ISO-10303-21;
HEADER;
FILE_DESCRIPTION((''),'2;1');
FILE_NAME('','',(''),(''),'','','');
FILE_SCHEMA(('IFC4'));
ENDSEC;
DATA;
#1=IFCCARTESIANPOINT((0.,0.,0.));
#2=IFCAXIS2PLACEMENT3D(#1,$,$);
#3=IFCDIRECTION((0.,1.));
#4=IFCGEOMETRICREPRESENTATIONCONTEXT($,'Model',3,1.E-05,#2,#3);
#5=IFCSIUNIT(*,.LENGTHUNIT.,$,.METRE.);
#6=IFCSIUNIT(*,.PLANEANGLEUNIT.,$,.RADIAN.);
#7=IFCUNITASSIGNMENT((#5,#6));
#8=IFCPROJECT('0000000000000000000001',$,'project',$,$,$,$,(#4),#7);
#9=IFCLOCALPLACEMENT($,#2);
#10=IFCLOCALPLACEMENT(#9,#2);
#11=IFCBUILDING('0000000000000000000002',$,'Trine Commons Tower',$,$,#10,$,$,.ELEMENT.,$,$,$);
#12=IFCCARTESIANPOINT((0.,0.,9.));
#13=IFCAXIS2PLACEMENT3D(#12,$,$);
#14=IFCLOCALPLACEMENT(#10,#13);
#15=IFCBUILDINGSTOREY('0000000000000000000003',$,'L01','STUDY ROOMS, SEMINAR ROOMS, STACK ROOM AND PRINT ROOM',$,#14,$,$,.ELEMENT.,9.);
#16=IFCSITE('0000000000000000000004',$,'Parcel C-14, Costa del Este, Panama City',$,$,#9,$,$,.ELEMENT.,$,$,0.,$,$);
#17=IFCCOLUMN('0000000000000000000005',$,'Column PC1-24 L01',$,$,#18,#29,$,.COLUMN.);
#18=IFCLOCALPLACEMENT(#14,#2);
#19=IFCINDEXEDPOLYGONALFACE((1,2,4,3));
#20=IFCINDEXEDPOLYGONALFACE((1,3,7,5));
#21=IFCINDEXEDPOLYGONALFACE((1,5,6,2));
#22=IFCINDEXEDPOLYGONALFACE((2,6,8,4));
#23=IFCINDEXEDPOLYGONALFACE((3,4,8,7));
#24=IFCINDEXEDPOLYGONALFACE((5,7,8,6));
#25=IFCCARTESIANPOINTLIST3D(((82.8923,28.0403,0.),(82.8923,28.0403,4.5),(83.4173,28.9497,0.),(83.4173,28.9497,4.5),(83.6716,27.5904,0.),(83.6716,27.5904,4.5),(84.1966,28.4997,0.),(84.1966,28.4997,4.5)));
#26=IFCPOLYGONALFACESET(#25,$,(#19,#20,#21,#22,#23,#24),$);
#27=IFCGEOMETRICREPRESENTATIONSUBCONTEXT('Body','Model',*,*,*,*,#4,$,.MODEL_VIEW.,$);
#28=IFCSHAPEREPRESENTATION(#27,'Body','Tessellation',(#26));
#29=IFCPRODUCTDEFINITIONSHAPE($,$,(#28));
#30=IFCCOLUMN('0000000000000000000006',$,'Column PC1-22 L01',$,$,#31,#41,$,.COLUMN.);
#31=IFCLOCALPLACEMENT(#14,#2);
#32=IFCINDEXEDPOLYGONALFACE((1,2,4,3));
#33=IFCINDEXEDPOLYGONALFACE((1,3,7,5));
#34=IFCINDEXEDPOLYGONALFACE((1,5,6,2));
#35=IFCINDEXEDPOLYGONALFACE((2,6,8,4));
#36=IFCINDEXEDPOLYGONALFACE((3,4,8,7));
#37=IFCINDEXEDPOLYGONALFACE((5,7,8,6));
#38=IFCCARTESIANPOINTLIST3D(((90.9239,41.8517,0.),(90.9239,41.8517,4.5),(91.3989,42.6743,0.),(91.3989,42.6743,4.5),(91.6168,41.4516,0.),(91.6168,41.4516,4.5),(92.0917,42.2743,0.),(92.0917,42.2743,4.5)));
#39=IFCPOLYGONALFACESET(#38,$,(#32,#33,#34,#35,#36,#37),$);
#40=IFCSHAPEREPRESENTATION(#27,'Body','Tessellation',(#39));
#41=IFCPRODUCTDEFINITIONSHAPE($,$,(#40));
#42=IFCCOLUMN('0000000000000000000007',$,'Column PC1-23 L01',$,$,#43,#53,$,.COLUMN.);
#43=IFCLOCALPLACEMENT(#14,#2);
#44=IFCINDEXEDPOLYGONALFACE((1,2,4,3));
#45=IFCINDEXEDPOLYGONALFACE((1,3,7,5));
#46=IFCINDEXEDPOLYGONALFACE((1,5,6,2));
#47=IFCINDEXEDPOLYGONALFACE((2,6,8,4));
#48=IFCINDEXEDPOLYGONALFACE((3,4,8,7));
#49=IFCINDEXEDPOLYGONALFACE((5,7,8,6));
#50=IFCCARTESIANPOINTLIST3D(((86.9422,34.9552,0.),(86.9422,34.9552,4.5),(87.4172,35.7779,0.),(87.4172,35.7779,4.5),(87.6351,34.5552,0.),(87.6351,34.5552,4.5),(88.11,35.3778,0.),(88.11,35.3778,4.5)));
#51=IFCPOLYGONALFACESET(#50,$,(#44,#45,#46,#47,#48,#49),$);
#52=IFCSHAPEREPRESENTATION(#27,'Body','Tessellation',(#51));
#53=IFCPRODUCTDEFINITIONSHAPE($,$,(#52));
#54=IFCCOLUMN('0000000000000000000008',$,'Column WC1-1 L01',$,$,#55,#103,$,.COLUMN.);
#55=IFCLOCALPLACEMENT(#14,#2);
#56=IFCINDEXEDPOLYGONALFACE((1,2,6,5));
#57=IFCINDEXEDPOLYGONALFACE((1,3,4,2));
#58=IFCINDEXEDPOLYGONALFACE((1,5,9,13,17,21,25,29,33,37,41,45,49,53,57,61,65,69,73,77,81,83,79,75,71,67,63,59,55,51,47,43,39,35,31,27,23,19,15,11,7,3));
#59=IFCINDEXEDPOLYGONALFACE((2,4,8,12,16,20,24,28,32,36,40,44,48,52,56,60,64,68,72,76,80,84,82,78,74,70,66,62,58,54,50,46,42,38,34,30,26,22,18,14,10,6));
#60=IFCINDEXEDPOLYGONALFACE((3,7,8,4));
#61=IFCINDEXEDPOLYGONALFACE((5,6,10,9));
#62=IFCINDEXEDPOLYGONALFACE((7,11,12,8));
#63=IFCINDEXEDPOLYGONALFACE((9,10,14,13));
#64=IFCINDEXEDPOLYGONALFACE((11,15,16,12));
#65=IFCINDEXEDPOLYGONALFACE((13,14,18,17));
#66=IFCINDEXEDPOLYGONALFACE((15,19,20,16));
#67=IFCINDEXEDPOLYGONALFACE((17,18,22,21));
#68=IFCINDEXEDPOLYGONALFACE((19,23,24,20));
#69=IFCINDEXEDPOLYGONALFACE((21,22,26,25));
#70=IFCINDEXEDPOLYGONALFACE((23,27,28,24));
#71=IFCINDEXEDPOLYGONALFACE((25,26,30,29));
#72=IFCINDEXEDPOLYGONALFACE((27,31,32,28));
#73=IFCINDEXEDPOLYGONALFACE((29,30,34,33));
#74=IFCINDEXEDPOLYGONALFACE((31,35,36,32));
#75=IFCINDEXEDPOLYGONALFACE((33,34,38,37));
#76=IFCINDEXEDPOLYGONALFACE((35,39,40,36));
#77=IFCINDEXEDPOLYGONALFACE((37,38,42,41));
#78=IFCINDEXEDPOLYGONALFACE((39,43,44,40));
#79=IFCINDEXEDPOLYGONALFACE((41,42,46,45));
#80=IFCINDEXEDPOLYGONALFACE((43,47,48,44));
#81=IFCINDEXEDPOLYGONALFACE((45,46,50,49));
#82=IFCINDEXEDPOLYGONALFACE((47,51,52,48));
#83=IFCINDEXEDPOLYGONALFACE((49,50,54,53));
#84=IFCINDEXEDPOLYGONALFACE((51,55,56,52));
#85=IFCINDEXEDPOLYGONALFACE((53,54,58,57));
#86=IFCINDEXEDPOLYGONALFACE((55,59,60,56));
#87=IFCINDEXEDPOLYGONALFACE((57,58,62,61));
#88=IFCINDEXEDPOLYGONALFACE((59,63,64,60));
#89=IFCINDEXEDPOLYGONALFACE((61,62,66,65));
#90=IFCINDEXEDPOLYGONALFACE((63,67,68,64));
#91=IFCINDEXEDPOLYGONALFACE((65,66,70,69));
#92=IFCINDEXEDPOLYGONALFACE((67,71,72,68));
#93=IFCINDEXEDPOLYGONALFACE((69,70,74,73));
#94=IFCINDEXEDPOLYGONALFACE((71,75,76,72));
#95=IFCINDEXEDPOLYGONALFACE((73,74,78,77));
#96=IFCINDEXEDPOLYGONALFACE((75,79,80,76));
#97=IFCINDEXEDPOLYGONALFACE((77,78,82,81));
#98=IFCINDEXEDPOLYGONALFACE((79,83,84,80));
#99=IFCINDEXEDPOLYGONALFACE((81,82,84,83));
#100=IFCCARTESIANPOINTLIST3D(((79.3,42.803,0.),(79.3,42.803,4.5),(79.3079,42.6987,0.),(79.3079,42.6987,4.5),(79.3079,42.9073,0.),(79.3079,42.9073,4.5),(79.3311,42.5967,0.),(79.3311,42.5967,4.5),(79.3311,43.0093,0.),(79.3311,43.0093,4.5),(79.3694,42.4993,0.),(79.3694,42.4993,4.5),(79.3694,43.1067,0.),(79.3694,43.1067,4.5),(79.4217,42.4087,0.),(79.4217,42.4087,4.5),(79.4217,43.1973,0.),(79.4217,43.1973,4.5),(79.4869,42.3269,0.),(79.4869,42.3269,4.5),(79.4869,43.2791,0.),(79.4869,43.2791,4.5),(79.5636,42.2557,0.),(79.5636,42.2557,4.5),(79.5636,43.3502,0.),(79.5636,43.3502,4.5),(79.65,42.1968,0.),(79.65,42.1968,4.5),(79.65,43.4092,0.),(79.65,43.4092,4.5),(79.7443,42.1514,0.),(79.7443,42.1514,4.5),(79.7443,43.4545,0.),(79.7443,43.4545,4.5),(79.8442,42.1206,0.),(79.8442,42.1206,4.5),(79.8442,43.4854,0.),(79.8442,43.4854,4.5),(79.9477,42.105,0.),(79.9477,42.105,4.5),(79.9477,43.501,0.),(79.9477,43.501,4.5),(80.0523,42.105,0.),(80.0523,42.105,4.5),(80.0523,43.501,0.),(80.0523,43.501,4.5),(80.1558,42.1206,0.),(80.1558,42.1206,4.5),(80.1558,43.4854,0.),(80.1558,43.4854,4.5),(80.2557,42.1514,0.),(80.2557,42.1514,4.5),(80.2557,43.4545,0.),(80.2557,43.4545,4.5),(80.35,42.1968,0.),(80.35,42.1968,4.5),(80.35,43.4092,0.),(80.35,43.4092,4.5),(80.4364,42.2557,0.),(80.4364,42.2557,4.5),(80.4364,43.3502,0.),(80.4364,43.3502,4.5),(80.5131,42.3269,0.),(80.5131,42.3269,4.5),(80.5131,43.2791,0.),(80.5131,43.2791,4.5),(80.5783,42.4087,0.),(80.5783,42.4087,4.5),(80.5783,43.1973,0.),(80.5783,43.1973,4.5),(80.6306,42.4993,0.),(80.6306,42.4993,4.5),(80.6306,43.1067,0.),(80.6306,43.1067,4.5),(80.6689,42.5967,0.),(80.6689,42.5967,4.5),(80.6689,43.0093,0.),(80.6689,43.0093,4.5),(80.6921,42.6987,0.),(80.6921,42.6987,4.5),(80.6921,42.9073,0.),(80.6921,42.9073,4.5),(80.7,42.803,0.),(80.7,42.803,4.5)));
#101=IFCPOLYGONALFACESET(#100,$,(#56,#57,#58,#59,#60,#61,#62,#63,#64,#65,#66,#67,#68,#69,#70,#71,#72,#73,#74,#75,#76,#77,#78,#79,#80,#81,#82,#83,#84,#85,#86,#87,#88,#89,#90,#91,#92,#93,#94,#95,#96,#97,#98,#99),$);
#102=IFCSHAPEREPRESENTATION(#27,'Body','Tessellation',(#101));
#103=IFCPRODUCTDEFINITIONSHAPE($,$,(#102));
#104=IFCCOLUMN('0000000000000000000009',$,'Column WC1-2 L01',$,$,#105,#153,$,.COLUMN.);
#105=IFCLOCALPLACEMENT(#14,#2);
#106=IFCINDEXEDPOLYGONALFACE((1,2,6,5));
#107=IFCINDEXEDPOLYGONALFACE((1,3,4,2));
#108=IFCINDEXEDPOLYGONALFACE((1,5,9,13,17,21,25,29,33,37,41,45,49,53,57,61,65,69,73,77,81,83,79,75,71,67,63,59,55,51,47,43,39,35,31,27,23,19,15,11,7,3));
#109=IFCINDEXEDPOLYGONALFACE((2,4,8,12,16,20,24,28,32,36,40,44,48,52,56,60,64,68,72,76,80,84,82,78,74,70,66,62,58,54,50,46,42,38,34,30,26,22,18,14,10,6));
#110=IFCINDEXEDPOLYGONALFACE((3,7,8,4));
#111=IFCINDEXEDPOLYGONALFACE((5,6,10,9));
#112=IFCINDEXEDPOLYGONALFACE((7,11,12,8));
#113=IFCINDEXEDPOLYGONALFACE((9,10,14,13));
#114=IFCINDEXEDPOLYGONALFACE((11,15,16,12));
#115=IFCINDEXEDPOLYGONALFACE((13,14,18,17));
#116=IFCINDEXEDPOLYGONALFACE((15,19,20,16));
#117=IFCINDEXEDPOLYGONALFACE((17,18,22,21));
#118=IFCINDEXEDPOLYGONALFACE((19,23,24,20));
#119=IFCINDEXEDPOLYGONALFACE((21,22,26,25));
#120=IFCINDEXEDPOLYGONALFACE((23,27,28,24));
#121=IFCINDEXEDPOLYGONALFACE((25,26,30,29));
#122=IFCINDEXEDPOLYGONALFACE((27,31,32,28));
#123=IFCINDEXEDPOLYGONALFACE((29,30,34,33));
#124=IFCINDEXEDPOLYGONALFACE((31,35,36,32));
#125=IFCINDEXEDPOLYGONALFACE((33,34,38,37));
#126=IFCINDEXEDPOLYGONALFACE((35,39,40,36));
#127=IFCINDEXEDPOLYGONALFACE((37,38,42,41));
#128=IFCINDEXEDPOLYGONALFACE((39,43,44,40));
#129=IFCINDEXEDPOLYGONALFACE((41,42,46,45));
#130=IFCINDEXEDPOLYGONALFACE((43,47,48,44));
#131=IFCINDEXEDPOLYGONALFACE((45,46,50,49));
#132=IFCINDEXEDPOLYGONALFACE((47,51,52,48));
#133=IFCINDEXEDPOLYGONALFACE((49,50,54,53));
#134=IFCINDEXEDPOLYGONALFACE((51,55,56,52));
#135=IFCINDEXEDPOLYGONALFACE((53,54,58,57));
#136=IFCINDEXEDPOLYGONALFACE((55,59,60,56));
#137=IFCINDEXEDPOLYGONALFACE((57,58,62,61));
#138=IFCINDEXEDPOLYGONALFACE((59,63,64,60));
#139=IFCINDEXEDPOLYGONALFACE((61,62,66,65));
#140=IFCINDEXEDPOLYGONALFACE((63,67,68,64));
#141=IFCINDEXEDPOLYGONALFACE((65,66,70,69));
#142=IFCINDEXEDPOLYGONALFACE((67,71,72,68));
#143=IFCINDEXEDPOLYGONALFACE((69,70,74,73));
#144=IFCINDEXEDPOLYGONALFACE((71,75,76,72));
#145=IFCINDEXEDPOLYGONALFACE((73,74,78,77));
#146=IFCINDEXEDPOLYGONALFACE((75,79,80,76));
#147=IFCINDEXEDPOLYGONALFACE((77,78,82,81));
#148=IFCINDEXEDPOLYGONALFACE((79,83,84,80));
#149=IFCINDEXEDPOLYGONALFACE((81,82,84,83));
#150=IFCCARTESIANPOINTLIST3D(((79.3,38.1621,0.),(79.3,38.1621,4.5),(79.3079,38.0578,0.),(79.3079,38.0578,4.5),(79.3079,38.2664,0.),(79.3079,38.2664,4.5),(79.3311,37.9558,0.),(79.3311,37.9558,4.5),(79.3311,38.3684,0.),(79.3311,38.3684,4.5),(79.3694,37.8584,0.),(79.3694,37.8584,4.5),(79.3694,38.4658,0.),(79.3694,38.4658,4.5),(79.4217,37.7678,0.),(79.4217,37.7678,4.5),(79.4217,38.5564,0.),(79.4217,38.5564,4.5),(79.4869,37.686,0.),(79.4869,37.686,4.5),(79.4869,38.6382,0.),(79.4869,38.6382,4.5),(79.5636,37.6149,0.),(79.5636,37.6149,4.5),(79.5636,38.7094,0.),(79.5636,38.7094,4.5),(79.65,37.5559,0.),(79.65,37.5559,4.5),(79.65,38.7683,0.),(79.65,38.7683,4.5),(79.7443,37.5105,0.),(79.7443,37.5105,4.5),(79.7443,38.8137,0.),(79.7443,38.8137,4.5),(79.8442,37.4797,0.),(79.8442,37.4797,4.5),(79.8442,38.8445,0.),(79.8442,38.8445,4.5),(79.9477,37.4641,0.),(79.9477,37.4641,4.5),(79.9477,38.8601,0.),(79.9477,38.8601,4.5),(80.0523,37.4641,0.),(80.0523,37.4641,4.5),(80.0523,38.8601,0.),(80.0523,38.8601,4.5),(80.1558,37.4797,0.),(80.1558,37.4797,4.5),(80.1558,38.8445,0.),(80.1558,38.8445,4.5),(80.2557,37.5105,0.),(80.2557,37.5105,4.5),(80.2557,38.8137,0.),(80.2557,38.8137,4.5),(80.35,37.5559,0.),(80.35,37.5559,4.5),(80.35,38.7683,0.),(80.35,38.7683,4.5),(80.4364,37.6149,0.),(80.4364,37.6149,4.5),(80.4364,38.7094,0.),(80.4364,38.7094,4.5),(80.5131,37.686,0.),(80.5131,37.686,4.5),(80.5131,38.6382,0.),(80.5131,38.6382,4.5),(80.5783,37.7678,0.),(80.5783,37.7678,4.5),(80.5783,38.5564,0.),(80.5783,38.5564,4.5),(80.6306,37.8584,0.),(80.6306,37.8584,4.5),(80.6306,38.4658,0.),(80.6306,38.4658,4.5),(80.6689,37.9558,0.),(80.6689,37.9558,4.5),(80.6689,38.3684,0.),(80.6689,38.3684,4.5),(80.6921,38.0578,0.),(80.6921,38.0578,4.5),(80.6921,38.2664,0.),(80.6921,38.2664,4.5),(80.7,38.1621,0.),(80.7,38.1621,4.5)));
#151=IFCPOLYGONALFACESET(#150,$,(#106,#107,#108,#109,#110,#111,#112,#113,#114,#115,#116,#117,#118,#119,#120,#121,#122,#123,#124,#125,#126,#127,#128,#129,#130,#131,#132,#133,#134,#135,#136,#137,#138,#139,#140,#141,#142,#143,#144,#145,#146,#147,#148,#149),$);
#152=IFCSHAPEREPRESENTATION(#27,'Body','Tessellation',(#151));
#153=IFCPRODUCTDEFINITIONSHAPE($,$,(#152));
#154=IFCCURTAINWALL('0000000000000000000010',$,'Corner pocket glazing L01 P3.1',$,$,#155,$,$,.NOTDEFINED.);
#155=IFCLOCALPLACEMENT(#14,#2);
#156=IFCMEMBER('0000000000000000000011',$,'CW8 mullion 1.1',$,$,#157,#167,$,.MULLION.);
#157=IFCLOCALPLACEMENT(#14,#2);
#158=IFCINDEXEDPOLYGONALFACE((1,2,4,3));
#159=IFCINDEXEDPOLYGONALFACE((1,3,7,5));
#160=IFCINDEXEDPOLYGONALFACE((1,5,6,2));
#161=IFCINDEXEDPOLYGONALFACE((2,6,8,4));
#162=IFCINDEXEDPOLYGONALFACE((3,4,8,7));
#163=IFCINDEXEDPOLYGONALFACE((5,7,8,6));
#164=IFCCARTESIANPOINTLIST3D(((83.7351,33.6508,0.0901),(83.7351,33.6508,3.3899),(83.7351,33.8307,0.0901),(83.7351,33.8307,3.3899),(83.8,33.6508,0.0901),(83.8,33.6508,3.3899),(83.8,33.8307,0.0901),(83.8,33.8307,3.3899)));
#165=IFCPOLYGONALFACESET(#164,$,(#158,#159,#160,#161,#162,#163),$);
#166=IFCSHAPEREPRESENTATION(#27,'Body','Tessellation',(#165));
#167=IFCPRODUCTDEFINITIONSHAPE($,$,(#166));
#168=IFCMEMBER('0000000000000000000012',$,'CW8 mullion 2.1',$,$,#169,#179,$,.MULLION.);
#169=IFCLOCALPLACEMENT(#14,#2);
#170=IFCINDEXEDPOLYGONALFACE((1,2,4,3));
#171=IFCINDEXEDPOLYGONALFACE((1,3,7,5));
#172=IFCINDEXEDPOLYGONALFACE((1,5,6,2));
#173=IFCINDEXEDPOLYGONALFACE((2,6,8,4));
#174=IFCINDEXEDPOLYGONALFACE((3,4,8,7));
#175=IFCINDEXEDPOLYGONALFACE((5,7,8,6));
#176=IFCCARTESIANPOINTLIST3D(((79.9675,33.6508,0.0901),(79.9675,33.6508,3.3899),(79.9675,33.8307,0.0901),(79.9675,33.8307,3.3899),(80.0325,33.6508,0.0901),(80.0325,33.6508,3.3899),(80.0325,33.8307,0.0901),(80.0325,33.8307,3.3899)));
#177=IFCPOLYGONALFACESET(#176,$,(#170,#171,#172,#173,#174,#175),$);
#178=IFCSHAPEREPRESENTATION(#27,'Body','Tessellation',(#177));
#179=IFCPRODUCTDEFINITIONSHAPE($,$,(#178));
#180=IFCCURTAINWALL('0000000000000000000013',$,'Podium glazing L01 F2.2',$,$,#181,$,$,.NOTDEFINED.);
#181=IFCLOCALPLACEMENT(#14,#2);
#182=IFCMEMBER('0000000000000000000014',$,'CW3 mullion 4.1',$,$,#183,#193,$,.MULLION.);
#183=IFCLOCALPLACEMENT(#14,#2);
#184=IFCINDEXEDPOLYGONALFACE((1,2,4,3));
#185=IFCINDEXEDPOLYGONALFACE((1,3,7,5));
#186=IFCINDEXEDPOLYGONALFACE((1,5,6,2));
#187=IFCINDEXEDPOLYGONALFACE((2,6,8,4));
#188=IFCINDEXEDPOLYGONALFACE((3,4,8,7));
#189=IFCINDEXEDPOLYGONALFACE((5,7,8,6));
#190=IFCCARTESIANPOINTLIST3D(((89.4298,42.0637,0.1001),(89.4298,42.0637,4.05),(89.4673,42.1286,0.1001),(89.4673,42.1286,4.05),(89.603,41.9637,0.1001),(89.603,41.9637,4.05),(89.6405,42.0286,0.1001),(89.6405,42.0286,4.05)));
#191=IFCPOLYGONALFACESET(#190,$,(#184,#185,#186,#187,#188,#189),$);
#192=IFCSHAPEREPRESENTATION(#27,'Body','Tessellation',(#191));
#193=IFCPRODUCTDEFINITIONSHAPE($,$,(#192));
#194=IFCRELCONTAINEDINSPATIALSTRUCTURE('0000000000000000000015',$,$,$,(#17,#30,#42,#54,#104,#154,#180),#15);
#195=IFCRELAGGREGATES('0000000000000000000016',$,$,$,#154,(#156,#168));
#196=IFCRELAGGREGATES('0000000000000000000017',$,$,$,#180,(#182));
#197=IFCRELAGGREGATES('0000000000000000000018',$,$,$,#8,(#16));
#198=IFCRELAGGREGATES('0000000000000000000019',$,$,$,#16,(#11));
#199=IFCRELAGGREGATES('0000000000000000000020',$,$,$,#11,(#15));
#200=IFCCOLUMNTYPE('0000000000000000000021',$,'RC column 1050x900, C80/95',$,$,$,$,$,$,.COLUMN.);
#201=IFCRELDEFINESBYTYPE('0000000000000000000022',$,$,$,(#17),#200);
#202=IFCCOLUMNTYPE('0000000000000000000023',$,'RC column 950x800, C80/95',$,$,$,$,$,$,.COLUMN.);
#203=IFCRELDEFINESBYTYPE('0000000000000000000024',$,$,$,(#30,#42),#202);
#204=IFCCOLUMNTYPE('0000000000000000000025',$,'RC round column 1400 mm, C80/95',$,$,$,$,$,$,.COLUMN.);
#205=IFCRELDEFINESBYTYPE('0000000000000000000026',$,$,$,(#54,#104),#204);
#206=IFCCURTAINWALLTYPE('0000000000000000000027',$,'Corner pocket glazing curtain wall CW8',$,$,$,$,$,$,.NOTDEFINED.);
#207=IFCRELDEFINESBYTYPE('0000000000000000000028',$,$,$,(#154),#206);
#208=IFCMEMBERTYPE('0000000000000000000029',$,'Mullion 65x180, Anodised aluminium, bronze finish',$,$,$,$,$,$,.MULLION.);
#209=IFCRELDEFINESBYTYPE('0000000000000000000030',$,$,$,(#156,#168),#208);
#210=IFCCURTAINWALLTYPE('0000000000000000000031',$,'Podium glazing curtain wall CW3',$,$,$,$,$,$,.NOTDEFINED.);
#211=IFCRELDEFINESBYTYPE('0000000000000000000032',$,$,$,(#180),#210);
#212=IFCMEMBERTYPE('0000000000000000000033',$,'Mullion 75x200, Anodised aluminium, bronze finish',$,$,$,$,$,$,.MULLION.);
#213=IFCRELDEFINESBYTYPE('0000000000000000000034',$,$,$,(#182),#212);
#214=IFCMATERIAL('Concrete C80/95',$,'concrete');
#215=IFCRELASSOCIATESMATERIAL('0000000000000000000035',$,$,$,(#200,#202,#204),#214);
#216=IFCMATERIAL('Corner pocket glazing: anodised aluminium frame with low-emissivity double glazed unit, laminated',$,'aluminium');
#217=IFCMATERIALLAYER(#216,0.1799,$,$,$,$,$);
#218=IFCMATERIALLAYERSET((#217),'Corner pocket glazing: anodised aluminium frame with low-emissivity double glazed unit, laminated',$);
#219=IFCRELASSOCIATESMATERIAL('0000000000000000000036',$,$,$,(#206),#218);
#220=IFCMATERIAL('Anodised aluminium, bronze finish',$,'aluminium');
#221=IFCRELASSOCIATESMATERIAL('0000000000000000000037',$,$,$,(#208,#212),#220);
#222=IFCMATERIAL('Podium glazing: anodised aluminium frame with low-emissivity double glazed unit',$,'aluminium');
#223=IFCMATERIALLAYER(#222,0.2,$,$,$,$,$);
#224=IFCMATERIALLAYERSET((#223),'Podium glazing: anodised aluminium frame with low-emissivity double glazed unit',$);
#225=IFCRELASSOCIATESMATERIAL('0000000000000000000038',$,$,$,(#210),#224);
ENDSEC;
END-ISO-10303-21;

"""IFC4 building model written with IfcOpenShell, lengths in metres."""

from ifc_helpers import new_model, si_unit, direction, frame, origin, origin_2d, place, context, subcontext, project, spatial, rectangle, circle, extrude, material, layer, layer_set, material_profile, profile_set, type_object, element, aggregate, save


model = new_model("IFC4")

# Units and contexts
model_context = context("Model", 3, precision=1e-05, world=origin(), true_north=direction((0.0, 1.0)))
body_context = subcontext(model_context, "Body", "Model", "MODEL_VIEW")
ifc_project = project(units=[si_unit("LENGTHUNIT", "METRE"), si_unit("PLANEANGLEUNIT", "RADIAN")], contexts=[model_context])

# Site, building, storey
site_placement = place(None, origin())
site = spatial("IfcSite", under=ifc_project, at=site_placement, Name="Parcel C-14, Costa del Este, Panama City", CompositionType="ELEMENT", RefElevation=0.0)
building_placement = place(site_placement, origin())
building = spatial("IfcBuilding", under=site, at=building_placement, Name="Trine Commons Tower", CompositionType="ELEMENT")
storey_placement = place(building_placement, frame((0.0, 0.0, 9.0)))
storey = spatial("IfcBuildingStorey", under=building, at=storey_placement, Name="L01", Description="STUDY ROOMS, SEMINAR ROOMS, STACK ROOM AND PRINT ROOM", CompositionType="ELEMENT", Elevation=9.0)

# Columns
ifc_material_1 = material(Name="Concrete C80/95", Category="concrete")
ifc_material_profile_1 = material_profile(ifc_material_1, rectangle(XDim=1.05, YDim=0.8999, at=origin_2d()), Name="RC 1050x900")
ifc_profile_set_1 = profile_set([ifc_material_profile_1], Name="Concrete C80/95")
column_type_1 = type_object("IfcColumnType", Name="RC column 1050x900, C80/95", PredefinedType="COLUMN", material=ifc_profile_set_1)
column_placement = place(storey_placement, frame((83.5444, 28.27, 0.0), z_axis=(0.0, 0.0, 1.0), x_axis=(0.5, 0.866025, 0.0)))
element("IfcColumn", 1, at=column_placement, inside=storey, type_object=column_type_1, Name="Column PC1-24 L01", PredefinedType="COLUMN", context=body_context, shape_type="SweptSolid", body=[
    extrude(rectangle(XDim=1.05, YDim=0.8999, at=origin_2d()), origin(), (0.0, 0.0, 1.0), 4.5),
])
ifc_material_profile_2 = material_profile(ifc_material_1, rectangle(XDim=0.95, YDim=0.8, at=origin_2d()), Name="RC 950x800")
ifc_profile_set_2 = profile_set([ifc_material_profile_2], Name="Concrete C80/95")
column_type_2 = type_object("IfcColumnType", Name="RC column 950x800, C80/95", PredefinedType="COLUMN", material=ifc_profile_set_2)
for number, where, z_axis, x_axis, name in (
    (2, (91.5078, 42.063, 0.0), (0.0, 0.0, 1.0), (0.5, 0.866025, 0.0), "Column PC1-22 L01"),
    (3, (87.5261, 35.1665, 0.0), (0.0, 0.0, 1.0), (0.5, 0.866025, 0.0), "Column PC1-23 L01"),
):
    element("IfcColumn", number, at=place(storey_placement, frame(where, z_axis=z_axis, x_axis=x_axis)), inside=storey, type_object=column_type_2, Name=name, PredefinedType="COLUMN", context=body_context, shape_type="SweptSolid", body=[
        extrude(rectangle(XDim=0.95, YDim=0.8, at=origin_2d()), origin(), (0.0, 0.0, 1.0), 4.5),
    ])
ifc_material_profile_3 = material_profile(ifc_material_1, circle(Radius=0.7, at=origin_2d()), Name="RC round 1400")
ifc_profile_set_3 = profile_set([ifc_material_profile_3], Name="Concrete C80/95")
column_type_3 = type_object("IfcColumnType", Name="RC round column 1400 mm, C80/95", PredefinedType="COLUMN", material=ifc_profile_set_3)
for number, where, z_axis, x_axis, name in (
    (4, (80.0, 42.803, 0.0), (0.0, 0.0, 1.0), (1.0, 0.0, 0.0), "Column WC1-1 L01"),
    (5, (80.0, 38.1621, 0.0), (0.0, 0.0, 1.0), (1.0, 0.0, 0.0), "Column WC1-2 L01"),
):
    element("IfcColumn", number, at=place(storey_placement, frame(where, z_axis=z_axis, x_axis=x_axis)), inside=storey, type_object=column_type_3, Name=name, PredefinedType="COLUMN", context=body_context, shape_type="SweptSolid", body=[
        extrude(circle(Radius=0.7, at=origin_2d()), origin(), (0.0, 0.0, 1.0), 4.5),
    ])

# Curtain walls, members
ifc_material_2 = material(Name="Corner pocket glazing: anodised aluminium frame with low-emissivity double glazed unit, laminated", Category="aluminium")
ifc_layer_1 = layer(ifc_material_2, 0.1799)
ifc_layer_set_1 = layer_set([ifc_layer_1], Name="Corner pocket glazing: anodised aluminium frame with low-emissivity double glazed unit, laminated")
curtain_wall_type_1 = type_object("IfcCurtainWallType", Name="Corner pocket glazing curtain wall CW8", PredefinedType="NOTDEFINED", material=ifc_layer_set_1)
curtain_wall_1_placement = place(storey_placement, origin())
curtain_wall_1 = element("IfcCurtainWall", 6, at=curtain_wall_1_placement, inside=storey, type_object=curtain_wall_type_1, Name="Corner pocket glazing L01 P3.1", PredefinedType="NOTDEFINED")
ifc_material_3 = material(Name="Anodised aluminium, bronze finish", Category="aluminium")
ifc_material_profile_4 = material_profile(ifc_material_3, rectangle(XDim=0.1799, YDim=0.0649, at=origin_2d()), Name="Mullion 65x180")
ifc_profile_set_4 = profile_set([ifc_material_profile_4], Name="Anodised aluminium, bronze finish")
member_type_1 = type_object("IfcMemberType", Name="Mullion 65x180, Anodised aluminium, bronze finish", PredefinedType="MULLION", material=ifc_profile_set_4)
member_1_placement = place(storey_placement, frame((83.7676, 33.7407, 0.0901), z_axis=(0.0, 0.0, 1.0), x_axis=(0.0, -1.0, 0.0)))
member_1 = element("IfcMember", 7, at=member_1_placement, type_object=member_type_1, Name="CW8 mullion 1.1", PredefinedType="MULLION", context=body_context, shape_type="SweptSolid", body=[
    extrude(rectangle(XDim=0.1799, YDim=0.0649, at=origin_2d()), origin(), (0.0, 0.0, 1.0), 3.2998),
])
member_2_placement = place(storey_placement, frame((80.0, 33.7407, 0.0901), z_axis=(0.0, 0.0, 1.0), x_axis=(0.0, -1.0, 0.0)))
member_2 = element("IfcMember", 8, at=member_2_placement, type_object=member_type_1, Name="CW8 mullion 2.1", PredefinedType="MULLION", context=body_context, shape_type="SweptSolid", body=[
    extrude(rectangle(XDim=0.1799, YDim=0.0649, at=origin_2d()), origin(), (0.0, 0.0, 1.0), 3.2998),
])
ifc_material_4 = material(Name="Podium glazing: anodised aluminium frame with low-emissivity double glazed unit", Category="aluminium")
ifc_layer_2 = layer(ifc_material_4, 0.2)
ifc_layer_set_2 = layer_set([ifc_layer_2], Name="Podium glazing: anodised aluminium frame with low-emissivity double glazed unit")
curtain_wall_type_2 = type_object("IfcCurtainWallType", Name="Podium glazing curtain wall CW3", PredefinedType="NOTDEFINED", material=ifc_layer_set_2)
curtain_wall_2_placement = place(storey_placement, origin())
curtain_wall_2 = element("IfcCurtainWall", 9, at=curtain_wall_2_placement, inside=storey, type_object=curtain_wall_type_2, Name="Podium glazing L01 F2.2", PredefinedType="NOTDEFINED")
ifc_material_profile_5 = material_profile(ifc_material_3, rectangle(XDim=0.2, YDim=0.075, at=origin_2d()), Name="Mullion 75x200")
ifc_profile_set_5 = profile_set([ifc_material_profile_5], Name="Anodised aluminium, bronze finish")
member_type_2 = type_object("IfcMemberType", Name="Mullion 75x200, Anodised aluminium, bronze finish", PredefinedType="MULLION", material=ifc_profile_set_5)
member_3_placement = place(storey_placement, frame((89.5352, 42.0461, 0.1001), z_axis=(0.0, 0.0, 1.0), x_axis=(0.866025, -0.5, 0.0)))
member_3 = element("IfcMember", 10, at=member_3_placement, type_object=member_type_2, Name="CW3 mullion 4.1", PredefinedType="MULLION", context=body_context, shape_type="SweptSolid", body=[
    extrude(rectangle(XDim=0.2, YDim=0.075, at=origin_2d()), origin(), (0.0, 0.0, 1.0), 3.95),
])

aggregate(curtain_wall_1, [member_1, member_2])
aggregate(curtain_wall_2, [member_3])

save(model, "model.ifc")
